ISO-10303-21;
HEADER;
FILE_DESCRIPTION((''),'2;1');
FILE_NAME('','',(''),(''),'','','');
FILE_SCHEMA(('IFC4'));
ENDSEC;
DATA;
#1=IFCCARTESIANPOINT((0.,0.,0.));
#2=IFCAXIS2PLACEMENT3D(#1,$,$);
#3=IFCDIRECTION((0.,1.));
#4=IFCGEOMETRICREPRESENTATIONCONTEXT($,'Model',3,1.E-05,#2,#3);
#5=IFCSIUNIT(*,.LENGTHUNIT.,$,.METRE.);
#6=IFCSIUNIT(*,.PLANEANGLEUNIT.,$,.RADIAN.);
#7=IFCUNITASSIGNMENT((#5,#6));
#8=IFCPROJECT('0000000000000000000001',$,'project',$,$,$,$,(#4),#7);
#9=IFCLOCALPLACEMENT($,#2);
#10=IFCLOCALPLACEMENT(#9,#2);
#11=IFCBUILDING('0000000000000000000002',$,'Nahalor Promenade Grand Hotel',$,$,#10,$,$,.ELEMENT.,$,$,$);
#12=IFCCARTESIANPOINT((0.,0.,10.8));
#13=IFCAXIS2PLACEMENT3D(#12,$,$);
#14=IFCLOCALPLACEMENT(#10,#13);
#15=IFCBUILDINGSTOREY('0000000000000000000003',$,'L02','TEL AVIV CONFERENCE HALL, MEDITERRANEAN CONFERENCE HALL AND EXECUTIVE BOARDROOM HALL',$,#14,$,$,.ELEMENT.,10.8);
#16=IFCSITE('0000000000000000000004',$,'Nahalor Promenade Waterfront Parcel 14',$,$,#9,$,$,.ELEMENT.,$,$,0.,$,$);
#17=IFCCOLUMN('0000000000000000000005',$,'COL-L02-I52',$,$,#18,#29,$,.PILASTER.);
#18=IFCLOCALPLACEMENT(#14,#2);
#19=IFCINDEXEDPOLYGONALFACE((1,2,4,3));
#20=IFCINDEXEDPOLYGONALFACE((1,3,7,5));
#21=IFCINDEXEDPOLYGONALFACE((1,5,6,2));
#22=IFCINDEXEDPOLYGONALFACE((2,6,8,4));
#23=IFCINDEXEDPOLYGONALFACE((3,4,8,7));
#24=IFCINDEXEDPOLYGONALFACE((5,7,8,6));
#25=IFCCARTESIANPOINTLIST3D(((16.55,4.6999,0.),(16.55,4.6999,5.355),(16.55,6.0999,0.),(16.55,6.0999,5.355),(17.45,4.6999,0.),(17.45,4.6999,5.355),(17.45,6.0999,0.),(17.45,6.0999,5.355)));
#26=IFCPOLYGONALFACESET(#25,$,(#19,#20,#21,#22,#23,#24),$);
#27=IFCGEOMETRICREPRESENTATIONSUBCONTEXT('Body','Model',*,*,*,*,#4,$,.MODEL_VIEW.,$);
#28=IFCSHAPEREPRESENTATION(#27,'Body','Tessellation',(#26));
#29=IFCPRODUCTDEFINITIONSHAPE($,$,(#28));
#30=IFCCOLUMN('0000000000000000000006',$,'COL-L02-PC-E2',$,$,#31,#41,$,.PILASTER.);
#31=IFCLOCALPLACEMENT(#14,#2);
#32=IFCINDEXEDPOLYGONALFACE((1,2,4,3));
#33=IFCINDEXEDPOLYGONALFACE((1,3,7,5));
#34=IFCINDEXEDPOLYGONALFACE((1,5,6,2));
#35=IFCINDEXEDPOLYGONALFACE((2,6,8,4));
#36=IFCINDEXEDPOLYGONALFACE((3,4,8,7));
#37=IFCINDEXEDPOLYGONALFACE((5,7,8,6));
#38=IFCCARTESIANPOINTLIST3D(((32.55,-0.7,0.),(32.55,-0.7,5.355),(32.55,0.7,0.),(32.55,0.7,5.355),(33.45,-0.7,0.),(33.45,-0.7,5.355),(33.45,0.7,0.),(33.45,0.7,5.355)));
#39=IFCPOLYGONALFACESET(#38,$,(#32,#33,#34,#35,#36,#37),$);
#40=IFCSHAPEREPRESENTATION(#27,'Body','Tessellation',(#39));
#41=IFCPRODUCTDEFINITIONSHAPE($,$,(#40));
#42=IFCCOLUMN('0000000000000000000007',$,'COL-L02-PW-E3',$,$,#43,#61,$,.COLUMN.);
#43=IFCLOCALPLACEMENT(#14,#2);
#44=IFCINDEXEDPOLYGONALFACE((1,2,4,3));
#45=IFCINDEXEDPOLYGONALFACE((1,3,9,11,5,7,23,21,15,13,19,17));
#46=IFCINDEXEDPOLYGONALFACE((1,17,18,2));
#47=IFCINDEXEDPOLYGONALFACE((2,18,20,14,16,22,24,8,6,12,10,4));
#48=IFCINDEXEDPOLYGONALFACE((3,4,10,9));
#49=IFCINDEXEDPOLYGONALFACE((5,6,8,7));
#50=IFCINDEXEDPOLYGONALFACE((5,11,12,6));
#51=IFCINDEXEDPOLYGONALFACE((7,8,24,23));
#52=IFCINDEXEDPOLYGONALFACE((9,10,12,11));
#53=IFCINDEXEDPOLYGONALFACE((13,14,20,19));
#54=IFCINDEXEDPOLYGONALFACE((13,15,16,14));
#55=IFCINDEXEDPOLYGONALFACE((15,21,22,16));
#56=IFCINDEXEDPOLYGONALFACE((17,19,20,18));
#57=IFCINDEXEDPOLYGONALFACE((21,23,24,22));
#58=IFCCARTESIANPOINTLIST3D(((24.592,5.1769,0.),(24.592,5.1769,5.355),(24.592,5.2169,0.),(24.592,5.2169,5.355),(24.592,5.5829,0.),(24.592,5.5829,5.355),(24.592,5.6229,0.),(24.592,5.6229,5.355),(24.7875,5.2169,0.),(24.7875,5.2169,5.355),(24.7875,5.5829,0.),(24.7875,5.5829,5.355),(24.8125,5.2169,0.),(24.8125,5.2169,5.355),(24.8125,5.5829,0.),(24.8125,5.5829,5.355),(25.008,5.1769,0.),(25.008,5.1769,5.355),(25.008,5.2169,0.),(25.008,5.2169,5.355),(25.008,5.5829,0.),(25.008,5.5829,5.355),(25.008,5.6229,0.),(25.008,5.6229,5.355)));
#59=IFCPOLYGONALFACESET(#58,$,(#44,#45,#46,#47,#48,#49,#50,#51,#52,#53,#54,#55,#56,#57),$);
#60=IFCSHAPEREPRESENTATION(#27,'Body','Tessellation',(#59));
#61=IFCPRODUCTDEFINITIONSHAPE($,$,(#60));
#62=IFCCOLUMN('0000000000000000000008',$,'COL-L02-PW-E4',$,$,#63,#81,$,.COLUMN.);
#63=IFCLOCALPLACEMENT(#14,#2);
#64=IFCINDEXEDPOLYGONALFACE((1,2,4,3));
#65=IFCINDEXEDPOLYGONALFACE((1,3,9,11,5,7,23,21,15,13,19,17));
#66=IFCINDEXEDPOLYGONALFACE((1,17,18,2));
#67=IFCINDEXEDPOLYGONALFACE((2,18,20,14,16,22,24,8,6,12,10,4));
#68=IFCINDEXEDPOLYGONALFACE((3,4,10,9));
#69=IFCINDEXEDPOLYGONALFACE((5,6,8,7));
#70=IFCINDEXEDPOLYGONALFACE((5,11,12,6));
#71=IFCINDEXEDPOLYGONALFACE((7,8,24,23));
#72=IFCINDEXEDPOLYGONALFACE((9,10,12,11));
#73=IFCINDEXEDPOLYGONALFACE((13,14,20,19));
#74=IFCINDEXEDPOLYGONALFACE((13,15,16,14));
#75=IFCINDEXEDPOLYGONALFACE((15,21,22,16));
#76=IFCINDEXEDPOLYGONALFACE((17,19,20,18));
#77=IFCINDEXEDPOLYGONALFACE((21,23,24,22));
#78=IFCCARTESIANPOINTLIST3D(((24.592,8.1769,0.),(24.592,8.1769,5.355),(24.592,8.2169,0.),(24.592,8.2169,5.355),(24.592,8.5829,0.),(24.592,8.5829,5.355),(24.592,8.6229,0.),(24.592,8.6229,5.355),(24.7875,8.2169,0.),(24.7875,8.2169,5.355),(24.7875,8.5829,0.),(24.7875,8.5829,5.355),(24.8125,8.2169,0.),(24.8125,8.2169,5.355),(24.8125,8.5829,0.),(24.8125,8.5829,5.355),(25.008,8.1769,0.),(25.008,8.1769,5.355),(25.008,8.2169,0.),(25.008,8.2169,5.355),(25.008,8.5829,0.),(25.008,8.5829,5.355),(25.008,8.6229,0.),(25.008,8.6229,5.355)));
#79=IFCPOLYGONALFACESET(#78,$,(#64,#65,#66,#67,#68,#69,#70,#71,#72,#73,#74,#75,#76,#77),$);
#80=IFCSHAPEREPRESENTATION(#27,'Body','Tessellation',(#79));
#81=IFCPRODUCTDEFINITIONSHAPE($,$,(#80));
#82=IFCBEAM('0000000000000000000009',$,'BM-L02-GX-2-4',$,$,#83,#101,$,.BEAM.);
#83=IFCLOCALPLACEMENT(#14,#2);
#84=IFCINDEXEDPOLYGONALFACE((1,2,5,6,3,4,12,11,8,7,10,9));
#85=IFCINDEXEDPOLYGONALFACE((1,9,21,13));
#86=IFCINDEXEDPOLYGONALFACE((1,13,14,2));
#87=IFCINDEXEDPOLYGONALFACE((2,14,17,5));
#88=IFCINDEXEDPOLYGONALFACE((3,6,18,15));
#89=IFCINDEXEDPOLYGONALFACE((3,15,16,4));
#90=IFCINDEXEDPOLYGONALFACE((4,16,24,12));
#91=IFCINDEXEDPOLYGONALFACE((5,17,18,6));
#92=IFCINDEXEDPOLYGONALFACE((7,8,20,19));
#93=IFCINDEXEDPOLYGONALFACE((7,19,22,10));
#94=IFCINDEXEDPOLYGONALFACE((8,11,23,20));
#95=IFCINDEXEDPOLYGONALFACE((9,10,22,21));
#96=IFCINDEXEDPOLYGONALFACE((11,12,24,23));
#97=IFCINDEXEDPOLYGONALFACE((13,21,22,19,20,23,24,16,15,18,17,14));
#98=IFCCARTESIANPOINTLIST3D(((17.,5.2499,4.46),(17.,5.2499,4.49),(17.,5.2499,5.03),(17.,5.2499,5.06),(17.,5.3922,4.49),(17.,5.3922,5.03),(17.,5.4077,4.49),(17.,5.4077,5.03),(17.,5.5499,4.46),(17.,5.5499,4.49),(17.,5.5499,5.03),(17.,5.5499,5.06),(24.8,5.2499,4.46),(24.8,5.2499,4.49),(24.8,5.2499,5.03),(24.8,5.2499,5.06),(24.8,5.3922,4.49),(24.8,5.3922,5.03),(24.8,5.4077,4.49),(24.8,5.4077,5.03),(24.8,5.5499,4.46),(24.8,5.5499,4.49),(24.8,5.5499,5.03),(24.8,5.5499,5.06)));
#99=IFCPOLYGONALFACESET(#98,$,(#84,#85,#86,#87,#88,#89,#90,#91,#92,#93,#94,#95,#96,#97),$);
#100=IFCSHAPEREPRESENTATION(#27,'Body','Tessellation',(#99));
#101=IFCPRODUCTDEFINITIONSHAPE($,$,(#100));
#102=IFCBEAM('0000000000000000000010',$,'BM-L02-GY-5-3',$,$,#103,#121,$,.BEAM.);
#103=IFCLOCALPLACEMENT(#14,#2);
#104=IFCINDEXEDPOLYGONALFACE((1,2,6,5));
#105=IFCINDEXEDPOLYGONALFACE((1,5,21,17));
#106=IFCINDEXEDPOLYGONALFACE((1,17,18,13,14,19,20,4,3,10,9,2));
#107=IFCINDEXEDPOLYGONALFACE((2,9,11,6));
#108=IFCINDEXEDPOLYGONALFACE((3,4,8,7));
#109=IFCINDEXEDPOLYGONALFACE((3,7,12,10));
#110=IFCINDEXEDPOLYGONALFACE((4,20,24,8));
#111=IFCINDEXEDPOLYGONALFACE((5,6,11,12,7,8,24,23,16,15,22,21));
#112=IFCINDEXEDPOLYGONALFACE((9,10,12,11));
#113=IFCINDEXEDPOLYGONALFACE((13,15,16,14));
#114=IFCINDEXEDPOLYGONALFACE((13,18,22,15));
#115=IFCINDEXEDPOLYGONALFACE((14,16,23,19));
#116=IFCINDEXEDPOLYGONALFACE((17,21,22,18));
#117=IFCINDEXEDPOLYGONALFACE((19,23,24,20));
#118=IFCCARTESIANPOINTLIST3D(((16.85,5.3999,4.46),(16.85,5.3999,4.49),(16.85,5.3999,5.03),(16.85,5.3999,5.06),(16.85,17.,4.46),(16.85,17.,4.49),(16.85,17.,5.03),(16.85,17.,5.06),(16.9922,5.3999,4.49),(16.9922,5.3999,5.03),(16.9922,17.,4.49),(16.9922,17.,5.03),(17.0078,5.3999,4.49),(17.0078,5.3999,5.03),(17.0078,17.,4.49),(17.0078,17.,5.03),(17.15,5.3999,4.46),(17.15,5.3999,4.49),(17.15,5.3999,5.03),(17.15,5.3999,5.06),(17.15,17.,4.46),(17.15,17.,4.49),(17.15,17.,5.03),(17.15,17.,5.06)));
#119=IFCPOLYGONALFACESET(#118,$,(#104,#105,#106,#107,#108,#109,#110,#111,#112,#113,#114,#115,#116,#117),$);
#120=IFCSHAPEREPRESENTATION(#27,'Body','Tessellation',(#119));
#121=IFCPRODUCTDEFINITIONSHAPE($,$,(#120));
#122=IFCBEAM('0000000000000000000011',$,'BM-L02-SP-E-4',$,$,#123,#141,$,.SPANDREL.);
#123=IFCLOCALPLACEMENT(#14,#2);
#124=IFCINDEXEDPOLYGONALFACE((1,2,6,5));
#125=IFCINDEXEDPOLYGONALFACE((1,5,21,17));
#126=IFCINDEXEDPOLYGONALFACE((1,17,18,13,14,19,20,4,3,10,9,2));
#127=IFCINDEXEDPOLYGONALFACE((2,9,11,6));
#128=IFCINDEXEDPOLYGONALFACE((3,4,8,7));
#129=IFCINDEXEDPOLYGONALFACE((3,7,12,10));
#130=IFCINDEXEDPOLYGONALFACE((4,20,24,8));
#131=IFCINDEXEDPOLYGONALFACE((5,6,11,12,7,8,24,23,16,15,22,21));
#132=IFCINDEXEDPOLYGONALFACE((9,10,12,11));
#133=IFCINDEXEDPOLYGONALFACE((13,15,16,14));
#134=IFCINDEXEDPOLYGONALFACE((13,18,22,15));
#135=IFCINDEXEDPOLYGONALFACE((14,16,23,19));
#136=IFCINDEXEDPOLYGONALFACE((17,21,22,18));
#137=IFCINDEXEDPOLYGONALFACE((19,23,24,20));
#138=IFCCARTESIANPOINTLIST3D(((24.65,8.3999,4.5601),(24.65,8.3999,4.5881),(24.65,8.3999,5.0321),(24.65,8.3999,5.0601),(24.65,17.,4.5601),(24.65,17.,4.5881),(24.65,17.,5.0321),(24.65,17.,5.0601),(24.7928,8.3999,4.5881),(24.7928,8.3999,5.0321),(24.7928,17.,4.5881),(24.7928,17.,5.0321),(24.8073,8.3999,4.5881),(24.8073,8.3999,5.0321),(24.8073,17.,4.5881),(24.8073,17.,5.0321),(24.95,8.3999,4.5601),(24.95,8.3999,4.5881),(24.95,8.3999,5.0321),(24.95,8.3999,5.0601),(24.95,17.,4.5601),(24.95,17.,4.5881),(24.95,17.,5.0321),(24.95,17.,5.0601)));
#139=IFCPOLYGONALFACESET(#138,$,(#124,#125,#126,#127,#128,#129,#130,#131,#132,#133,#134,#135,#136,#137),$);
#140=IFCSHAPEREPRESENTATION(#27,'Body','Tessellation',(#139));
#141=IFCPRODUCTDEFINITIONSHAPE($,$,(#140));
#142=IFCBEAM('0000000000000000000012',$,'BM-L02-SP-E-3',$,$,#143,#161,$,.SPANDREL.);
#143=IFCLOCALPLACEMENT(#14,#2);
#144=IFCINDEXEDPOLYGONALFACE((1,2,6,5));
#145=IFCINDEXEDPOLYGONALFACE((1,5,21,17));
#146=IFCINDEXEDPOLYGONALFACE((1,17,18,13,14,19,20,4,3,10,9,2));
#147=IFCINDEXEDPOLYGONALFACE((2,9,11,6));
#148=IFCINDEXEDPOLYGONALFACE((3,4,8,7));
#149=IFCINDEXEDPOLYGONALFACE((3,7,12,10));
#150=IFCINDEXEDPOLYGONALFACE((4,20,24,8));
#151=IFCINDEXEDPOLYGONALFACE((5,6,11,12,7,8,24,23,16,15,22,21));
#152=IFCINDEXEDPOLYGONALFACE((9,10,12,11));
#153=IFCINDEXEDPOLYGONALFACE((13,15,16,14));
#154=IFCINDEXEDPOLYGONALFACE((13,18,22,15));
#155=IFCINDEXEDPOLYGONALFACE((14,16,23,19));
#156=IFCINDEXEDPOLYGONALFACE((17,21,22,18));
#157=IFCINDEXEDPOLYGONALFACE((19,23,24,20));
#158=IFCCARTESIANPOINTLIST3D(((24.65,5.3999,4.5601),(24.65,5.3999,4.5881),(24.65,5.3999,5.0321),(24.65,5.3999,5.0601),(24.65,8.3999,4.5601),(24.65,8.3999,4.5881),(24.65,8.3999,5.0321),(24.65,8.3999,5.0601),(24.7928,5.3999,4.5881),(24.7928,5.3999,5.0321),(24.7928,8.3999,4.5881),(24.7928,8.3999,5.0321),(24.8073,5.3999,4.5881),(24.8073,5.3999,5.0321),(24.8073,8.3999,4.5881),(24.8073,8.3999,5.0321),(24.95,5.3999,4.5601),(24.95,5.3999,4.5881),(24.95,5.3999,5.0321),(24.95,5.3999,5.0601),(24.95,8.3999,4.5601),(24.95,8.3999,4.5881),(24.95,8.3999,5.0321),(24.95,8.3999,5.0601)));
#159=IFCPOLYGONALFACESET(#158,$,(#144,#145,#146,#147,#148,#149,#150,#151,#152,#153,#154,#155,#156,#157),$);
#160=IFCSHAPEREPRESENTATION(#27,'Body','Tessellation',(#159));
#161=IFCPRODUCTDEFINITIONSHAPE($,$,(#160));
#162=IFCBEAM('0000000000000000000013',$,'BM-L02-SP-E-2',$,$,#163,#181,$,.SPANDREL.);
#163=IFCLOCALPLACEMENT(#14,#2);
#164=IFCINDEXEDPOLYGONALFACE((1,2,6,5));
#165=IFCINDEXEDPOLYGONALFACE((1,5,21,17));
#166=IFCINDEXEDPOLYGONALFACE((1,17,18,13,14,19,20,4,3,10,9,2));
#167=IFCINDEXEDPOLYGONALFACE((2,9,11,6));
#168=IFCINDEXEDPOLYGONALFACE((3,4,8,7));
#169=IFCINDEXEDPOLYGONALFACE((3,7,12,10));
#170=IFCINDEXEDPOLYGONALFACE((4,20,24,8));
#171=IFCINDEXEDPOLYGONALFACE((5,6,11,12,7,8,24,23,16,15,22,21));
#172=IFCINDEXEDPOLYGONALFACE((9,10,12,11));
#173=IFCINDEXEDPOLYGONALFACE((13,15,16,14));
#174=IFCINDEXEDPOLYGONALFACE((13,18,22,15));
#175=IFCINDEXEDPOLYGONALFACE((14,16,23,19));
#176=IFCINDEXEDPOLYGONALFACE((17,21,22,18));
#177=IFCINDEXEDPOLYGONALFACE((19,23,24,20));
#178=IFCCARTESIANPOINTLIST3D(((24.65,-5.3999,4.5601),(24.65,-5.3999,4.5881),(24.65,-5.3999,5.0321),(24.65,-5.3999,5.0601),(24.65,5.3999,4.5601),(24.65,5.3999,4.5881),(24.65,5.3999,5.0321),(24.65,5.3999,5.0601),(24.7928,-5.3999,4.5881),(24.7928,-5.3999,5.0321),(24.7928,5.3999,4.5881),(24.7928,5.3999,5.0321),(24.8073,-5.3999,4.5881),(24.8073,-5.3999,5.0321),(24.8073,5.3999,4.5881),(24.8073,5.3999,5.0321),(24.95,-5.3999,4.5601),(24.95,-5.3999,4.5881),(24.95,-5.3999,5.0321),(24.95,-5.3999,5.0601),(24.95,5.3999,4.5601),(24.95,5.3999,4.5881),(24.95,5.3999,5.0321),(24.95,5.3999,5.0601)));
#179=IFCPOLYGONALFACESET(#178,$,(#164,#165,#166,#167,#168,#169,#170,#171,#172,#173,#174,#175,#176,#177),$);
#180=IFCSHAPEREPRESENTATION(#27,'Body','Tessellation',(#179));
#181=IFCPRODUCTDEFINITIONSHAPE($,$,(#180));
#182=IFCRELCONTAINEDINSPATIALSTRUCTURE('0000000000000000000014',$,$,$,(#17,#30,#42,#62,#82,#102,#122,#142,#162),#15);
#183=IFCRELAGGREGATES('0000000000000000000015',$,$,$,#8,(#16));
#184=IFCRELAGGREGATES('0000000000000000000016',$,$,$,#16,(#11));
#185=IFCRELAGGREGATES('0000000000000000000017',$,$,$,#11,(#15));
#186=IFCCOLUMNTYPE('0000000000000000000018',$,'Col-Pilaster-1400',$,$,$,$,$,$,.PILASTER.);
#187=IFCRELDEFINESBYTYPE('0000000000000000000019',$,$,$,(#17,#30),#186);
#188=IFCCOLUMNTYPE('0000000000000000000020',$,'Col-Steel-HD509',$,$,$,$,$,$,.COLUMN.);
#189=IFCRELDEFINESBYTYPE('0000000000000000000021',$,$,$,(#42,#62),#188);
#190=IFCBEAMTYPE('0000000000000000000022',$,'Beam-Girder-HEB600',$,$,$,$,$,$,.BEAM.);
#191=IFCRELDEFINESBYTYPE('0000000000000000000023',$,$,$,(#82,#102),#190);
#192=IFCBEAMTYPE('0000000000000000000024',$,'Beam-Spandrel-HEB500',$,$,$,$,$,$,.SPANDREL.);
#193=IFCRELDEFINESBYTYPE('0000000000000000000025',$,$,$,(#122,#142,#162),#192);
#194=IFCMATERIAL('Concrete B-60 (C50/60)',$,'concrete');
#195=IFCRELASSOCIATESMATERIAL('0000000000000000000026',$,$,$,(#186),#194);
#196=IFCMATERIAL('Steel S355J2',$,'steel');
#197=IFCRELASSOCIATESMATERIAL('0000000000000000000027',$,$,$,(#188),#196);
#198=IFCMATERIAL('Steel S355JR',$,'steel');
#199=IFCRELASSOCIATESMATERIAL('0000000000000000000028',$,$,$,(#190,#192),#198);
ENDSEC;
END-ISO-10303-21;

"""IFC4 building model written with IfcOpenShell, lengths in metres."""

from ifc_helpers import new_model, si_unit, direction, frame, origin, origin_2d, place, context, subcontext, project, spatial, rectangle, i_section, extrude, source, transform, mapped, material, material_profile, profile_set, type_object, element, save


model = new_model("IFC4")

# Units and contexts
model_context = context("Model", 3, precision=1e-05, world=origin(), true_north=direction((0.0, 1.0)))
body_context = subcontext(model_context, "Body", "Model", "MODEL_VIEW")
ifc_project = project(units=[si_unit("LENGTHUNIT", "METRE"), si_unit("PLANEANGLEUNIT", "RADIAN")], contexts=[model_context])

# Site, building, storey
site_placement = place(None, origin())
site = spatial("IfcSite", under=ifc_project, at=site_placement, Name="Nahalor Promenade Waterfront Parcel 14", CompositionType="ELEMENT", RefElevation=0.0)
building_placement = place(site_placement, origin())
building = spatial("IfcBuilding", under=site, at=building_placement, Name="Nahalor Promenade Grand Hotel", CompositionType="ELEMENT")
storey_placement = place(building_placement, frame((0.0, 0.0, 10.8)))
storey = spatial("IfcBuildingStorey", under=building, at=storey_placement, Name="L02", Description="TEL AVIV CONFERENCE HALL, MEDITERRANEAN CONFERENCE HALL AND EXECUTIVE BOARDROOM HALL", CompositionType="ELEMENT", Elevation=10.8)

# Columns
ifc_material_1 = material(Name="Concrete B-60 (C50/60)", Category="concrete")
ifc_material_profile_1 = material_profile(ifc_material_1, rectangle(XDim=0.9, YDim=1.4, at=origin_2d()), Name="RC 900x1400")
ifc_profile_set_1 = profile_set([ifc_material_profile_1], Name="Concrete B-60 (C50/60)")
column_type_1 = type_object("IfcColumnType", Name="Col-Pilaster-1400", PredefinedType="PILASTER", material=ifc_profile_set_1)
shared_shape_1 = source(origin(), body_context, "Body", "SweptSolid", [
    extrude(rectangle(XDim=0.9, YDim=1.4, at=origin_2d()), origin(), (0.0, 0.0, 1.0), 5.355),
])
for number, where, z_axis, x_axis, name in (
    (1, (17.0, 5.3999, 0.0), (0.0, 0.0, 1.0), (1.0, 0.0, 0.0), "COL-L02-I52"),
    (2, (33.0, 0.0, 0.0), (0.0, 0.0, 1.0), (1.0, 0.0, 0.0), "COL-L02-PC-E2"),
):
    element("IfcColumn", number, at=place(storey_placement, frame(where, z_axis=z_axis, x_axis=x_axis)), inside=storey, type_object=column_type_1, Name=name, PredefinedType="PILASTER", context=body_context, shape_type="MappedRepresentation", body=[
        mapped(shared_shape_1, transform((0.0, 0.0, 0.0), scale=1.0)),
    ])
ifc_material_2 = material(Name="Steel S355J2", Category="steel")
ifc_material_profile_2 = material_profile(ifc_material_2, i_section(OverallWidth=0.416, OverallDepth=0.446, WebThickness=0.025, FlangeThickness=0.04, at=origin_2d()), Name="HD 400x509")
ifc_profile_set_2 = profile_set([ifc_material_profile_2], Name="Steel S355J2")
column_type_2 = type_object("IfcColumnType", Name="Col-Steel-HD509", PredefinedType="COLUMN", material=ifc_profile_set_2)
shared_shape_2 = source(origin(), body_context, "Body", "SweptSolid", [
    extrude(i_section(OverallWidth=0.416, OverallDepth=0.446, WebThickness=0.025, FlangeThickness=0.04, at=origin_2d()), origin(), (0.0, 0.0, 1.0), 5.355),
])
for number, where, z_axis, x_axis, name in (
    (3, (24.8, 5.3999, 0.0), (0.0, 0.0, 1.0), (1.0, 0.0, 0.0), "COL-L02-PW-E3"),
    (4, (24.8, 8.3999, 0.0), (0.0, 0.0, 1.0), (1.0, 0.0, 0.0), "COL-L02-PW-E4"),
):
    element("IfcColumn", number, at=place(storey_placement, frame(where, z_axis=z_axis, x_axis=x_axis)), inside=storey, type_object=column_type_2, Name=name, PredefinedType="COLUMN", context=body_context, shape_type="MappedRepresentation", body=[
        mapped(shared_shape_2, transform((0.0, 0.0, 0.0), scale=1.0)),
    ])

# Beams
ifc_material_3 = material(Name="Steel S355JR", Category="steel")
ifc_material_profile_3 = material_profile(ifc_material_3, i_section(OverallWidth=0.3, OverallDepth=0.6, WebThickness=0.0155, FlangeThickness=0.03, at=origin_2d()), Name="HEB 600")
ifc_profile_set_3 = profile_set([ifc_material_profile_3], Name="Steel S355JR")
beam_type_1 = type_object("IfcBeamType", Name="Beam-Girder-HEB600", PredefinedType="BEAM", material=ifc_profile_set_3)
shared_shape_3 = source(origin(), body_context, "Body", "SweptSolid", [
    extrude(i_section(OverallWidth=0.3, OverallDepth=0.6, WebThickness=0.0155, FlangeThickness=0.03, at=origin_2d()), origin(), (0.0, 0.0, 1.0), 7.8),
])
beam_1_placement = place(storey_placement, frame((17.0, 5.3999, 4.76), z_axis=(1.0, 0.0, 0.0), x_axis=(0.0, 1.0, 0.0)))
element("IfcBeam", 5, at=beam_1_placement, inside=storey, type_object=beam_type_1, Name="BM-L02-GX-2-4", PredefinedType="BEAM", context=body_context, shape_type="MappedRepresentation", body=[
    mapped(shared_shape_3, transform((0.0, 0.0, 0.0), scale=1.0)),
])
shared_shape_4 = source(origin(), body_context, "Body", "SweptSolid", [
    extrude(i_section(OverallWidth=0.3, OverallDepth=0.6, WebThickness=0.0155, FlangeThickness=0.03, at=origin_2d()), origin(), (0.0, 0.0, 1.0), 11.6001),
])
beam_2_placement = place(storey_placement, frame((17.0, 5.3999, 4.76), z_axis=(0.0, 1.0, 0.0), x_axis=(-1.0, 0.0, 0.0)))
element("IfcBeam", 6, at=beam_2_placement, inside=storey, type_object=beam_type_1, Name="BM-L02-GY-5-3", PredefinedType="BEAM", context=body_context, shape_type="MappedRepresentation", body=[
    mapped(shared_shape_4, transform((0.0, 0.0, 0.0), scale=1.0)),
])
ifc_material_profile_4 = material_profile(ifc_material_3, i_section(OverallWidth=0.3, OverallDepth=0.5, WebThickness=0.0145, FlangeThickness=0.028, at=origin_2d()), Name="HEB 500")
ifc_profile_set_4 = profile_set([ifc_material_profile_4], Name="Steel S355JR")
beam_type_2 = type_object("IfcBeamType", Name="Beam-Spandrel-HEB500", PredefinedType="SPANDREL", material=ifc_profile_set_4)
shared_shape_5 = source(origin(), body_context, "Body", "SweptSolid", [
    extrude(i_section(OverallWidth=0.3, OverallDepth=0.5, WebThickness=0.0145, FlangeThickness=0.028, at=origin_2d()), origin(), (0.0, 0.0, 1.0), 8.6001),
])
beam_3_placement = place(storey_placement, frame((24.8, 8.3999, 4.8101), z_axis=(0.0, 1.0, 0.0), x_axis=(-1.0, 0.0, 0.0)))
element("IfcBeam", 7, at=beam_3_placement, inside=storey, type_object=beam_type_2, Name="BM-L02-SP-E-4", PredefinedType="SPANDREL", context=body_context, shape_type="MappedRepresentation", body=[
    mapped(shared_shape_5, transform((0.0, 0.0, 0.0), scale=1.0)),
])
shared_shape_6 = source(origin(), body_context, "Body", "SweptSolid", [
    extrude(i_section(OverallWidth=0.3, OverallDepth=0.5, WebThickness=0.0145, FlangeThickness=0.028, at=origin_2d()), origin(), (0.0, 0.0, 1.0), 3.0),
])
beam_4_placement = place(storey_placement, frame((24.8, 5.3999, 4.8101), z_axis=(0.0, 1.0, 0.0), x_axis=(-1.0, 0.0, 0.0)))
element("IfcBeam", 8, at=beam_4_placement, inside=storey, type_object=beam_type_2, Name="BM-L02-SP-E-3", PredefinedType="SPANDREL", context=body_context, shape_type="MappedRepresentation", body=[
    mapped(shared_shape_6, transform((0.0, 0.0, 0.0), scale=1.0)),
])
shared_shape_7 = source(origin(), body_context, "Body", "SweptSolid", [
    extrude(i_section(OverallWidth=0.3, OverallDepth=0.5, WebThickness=0.0145, FlangeThickness=0.028, at=origin_2d()), origin(), (0.0, 0.0, 1.0), 10.7998),
])
beam_5_placement = place(storey_placement, frame((24.8, -5.3999, 4.8101), z_axis=(0.0, 1.0, 0.0), x_axis=(-1.0, 0.0, 0.0)))
element("IfcBeam", 9, at=beam_5_placement, inside=storey, type_object=beam_type_2, Name="BM-L02-SP-E-2", PredefinedType="SPANDREL", context=body_context, shape_type="MappedRepresentation", body=[
    mapped(shared_shape_7, transform((0.0, 0.0, 0.0), scale=1.0)),
])

save(model, "model.ifc")
